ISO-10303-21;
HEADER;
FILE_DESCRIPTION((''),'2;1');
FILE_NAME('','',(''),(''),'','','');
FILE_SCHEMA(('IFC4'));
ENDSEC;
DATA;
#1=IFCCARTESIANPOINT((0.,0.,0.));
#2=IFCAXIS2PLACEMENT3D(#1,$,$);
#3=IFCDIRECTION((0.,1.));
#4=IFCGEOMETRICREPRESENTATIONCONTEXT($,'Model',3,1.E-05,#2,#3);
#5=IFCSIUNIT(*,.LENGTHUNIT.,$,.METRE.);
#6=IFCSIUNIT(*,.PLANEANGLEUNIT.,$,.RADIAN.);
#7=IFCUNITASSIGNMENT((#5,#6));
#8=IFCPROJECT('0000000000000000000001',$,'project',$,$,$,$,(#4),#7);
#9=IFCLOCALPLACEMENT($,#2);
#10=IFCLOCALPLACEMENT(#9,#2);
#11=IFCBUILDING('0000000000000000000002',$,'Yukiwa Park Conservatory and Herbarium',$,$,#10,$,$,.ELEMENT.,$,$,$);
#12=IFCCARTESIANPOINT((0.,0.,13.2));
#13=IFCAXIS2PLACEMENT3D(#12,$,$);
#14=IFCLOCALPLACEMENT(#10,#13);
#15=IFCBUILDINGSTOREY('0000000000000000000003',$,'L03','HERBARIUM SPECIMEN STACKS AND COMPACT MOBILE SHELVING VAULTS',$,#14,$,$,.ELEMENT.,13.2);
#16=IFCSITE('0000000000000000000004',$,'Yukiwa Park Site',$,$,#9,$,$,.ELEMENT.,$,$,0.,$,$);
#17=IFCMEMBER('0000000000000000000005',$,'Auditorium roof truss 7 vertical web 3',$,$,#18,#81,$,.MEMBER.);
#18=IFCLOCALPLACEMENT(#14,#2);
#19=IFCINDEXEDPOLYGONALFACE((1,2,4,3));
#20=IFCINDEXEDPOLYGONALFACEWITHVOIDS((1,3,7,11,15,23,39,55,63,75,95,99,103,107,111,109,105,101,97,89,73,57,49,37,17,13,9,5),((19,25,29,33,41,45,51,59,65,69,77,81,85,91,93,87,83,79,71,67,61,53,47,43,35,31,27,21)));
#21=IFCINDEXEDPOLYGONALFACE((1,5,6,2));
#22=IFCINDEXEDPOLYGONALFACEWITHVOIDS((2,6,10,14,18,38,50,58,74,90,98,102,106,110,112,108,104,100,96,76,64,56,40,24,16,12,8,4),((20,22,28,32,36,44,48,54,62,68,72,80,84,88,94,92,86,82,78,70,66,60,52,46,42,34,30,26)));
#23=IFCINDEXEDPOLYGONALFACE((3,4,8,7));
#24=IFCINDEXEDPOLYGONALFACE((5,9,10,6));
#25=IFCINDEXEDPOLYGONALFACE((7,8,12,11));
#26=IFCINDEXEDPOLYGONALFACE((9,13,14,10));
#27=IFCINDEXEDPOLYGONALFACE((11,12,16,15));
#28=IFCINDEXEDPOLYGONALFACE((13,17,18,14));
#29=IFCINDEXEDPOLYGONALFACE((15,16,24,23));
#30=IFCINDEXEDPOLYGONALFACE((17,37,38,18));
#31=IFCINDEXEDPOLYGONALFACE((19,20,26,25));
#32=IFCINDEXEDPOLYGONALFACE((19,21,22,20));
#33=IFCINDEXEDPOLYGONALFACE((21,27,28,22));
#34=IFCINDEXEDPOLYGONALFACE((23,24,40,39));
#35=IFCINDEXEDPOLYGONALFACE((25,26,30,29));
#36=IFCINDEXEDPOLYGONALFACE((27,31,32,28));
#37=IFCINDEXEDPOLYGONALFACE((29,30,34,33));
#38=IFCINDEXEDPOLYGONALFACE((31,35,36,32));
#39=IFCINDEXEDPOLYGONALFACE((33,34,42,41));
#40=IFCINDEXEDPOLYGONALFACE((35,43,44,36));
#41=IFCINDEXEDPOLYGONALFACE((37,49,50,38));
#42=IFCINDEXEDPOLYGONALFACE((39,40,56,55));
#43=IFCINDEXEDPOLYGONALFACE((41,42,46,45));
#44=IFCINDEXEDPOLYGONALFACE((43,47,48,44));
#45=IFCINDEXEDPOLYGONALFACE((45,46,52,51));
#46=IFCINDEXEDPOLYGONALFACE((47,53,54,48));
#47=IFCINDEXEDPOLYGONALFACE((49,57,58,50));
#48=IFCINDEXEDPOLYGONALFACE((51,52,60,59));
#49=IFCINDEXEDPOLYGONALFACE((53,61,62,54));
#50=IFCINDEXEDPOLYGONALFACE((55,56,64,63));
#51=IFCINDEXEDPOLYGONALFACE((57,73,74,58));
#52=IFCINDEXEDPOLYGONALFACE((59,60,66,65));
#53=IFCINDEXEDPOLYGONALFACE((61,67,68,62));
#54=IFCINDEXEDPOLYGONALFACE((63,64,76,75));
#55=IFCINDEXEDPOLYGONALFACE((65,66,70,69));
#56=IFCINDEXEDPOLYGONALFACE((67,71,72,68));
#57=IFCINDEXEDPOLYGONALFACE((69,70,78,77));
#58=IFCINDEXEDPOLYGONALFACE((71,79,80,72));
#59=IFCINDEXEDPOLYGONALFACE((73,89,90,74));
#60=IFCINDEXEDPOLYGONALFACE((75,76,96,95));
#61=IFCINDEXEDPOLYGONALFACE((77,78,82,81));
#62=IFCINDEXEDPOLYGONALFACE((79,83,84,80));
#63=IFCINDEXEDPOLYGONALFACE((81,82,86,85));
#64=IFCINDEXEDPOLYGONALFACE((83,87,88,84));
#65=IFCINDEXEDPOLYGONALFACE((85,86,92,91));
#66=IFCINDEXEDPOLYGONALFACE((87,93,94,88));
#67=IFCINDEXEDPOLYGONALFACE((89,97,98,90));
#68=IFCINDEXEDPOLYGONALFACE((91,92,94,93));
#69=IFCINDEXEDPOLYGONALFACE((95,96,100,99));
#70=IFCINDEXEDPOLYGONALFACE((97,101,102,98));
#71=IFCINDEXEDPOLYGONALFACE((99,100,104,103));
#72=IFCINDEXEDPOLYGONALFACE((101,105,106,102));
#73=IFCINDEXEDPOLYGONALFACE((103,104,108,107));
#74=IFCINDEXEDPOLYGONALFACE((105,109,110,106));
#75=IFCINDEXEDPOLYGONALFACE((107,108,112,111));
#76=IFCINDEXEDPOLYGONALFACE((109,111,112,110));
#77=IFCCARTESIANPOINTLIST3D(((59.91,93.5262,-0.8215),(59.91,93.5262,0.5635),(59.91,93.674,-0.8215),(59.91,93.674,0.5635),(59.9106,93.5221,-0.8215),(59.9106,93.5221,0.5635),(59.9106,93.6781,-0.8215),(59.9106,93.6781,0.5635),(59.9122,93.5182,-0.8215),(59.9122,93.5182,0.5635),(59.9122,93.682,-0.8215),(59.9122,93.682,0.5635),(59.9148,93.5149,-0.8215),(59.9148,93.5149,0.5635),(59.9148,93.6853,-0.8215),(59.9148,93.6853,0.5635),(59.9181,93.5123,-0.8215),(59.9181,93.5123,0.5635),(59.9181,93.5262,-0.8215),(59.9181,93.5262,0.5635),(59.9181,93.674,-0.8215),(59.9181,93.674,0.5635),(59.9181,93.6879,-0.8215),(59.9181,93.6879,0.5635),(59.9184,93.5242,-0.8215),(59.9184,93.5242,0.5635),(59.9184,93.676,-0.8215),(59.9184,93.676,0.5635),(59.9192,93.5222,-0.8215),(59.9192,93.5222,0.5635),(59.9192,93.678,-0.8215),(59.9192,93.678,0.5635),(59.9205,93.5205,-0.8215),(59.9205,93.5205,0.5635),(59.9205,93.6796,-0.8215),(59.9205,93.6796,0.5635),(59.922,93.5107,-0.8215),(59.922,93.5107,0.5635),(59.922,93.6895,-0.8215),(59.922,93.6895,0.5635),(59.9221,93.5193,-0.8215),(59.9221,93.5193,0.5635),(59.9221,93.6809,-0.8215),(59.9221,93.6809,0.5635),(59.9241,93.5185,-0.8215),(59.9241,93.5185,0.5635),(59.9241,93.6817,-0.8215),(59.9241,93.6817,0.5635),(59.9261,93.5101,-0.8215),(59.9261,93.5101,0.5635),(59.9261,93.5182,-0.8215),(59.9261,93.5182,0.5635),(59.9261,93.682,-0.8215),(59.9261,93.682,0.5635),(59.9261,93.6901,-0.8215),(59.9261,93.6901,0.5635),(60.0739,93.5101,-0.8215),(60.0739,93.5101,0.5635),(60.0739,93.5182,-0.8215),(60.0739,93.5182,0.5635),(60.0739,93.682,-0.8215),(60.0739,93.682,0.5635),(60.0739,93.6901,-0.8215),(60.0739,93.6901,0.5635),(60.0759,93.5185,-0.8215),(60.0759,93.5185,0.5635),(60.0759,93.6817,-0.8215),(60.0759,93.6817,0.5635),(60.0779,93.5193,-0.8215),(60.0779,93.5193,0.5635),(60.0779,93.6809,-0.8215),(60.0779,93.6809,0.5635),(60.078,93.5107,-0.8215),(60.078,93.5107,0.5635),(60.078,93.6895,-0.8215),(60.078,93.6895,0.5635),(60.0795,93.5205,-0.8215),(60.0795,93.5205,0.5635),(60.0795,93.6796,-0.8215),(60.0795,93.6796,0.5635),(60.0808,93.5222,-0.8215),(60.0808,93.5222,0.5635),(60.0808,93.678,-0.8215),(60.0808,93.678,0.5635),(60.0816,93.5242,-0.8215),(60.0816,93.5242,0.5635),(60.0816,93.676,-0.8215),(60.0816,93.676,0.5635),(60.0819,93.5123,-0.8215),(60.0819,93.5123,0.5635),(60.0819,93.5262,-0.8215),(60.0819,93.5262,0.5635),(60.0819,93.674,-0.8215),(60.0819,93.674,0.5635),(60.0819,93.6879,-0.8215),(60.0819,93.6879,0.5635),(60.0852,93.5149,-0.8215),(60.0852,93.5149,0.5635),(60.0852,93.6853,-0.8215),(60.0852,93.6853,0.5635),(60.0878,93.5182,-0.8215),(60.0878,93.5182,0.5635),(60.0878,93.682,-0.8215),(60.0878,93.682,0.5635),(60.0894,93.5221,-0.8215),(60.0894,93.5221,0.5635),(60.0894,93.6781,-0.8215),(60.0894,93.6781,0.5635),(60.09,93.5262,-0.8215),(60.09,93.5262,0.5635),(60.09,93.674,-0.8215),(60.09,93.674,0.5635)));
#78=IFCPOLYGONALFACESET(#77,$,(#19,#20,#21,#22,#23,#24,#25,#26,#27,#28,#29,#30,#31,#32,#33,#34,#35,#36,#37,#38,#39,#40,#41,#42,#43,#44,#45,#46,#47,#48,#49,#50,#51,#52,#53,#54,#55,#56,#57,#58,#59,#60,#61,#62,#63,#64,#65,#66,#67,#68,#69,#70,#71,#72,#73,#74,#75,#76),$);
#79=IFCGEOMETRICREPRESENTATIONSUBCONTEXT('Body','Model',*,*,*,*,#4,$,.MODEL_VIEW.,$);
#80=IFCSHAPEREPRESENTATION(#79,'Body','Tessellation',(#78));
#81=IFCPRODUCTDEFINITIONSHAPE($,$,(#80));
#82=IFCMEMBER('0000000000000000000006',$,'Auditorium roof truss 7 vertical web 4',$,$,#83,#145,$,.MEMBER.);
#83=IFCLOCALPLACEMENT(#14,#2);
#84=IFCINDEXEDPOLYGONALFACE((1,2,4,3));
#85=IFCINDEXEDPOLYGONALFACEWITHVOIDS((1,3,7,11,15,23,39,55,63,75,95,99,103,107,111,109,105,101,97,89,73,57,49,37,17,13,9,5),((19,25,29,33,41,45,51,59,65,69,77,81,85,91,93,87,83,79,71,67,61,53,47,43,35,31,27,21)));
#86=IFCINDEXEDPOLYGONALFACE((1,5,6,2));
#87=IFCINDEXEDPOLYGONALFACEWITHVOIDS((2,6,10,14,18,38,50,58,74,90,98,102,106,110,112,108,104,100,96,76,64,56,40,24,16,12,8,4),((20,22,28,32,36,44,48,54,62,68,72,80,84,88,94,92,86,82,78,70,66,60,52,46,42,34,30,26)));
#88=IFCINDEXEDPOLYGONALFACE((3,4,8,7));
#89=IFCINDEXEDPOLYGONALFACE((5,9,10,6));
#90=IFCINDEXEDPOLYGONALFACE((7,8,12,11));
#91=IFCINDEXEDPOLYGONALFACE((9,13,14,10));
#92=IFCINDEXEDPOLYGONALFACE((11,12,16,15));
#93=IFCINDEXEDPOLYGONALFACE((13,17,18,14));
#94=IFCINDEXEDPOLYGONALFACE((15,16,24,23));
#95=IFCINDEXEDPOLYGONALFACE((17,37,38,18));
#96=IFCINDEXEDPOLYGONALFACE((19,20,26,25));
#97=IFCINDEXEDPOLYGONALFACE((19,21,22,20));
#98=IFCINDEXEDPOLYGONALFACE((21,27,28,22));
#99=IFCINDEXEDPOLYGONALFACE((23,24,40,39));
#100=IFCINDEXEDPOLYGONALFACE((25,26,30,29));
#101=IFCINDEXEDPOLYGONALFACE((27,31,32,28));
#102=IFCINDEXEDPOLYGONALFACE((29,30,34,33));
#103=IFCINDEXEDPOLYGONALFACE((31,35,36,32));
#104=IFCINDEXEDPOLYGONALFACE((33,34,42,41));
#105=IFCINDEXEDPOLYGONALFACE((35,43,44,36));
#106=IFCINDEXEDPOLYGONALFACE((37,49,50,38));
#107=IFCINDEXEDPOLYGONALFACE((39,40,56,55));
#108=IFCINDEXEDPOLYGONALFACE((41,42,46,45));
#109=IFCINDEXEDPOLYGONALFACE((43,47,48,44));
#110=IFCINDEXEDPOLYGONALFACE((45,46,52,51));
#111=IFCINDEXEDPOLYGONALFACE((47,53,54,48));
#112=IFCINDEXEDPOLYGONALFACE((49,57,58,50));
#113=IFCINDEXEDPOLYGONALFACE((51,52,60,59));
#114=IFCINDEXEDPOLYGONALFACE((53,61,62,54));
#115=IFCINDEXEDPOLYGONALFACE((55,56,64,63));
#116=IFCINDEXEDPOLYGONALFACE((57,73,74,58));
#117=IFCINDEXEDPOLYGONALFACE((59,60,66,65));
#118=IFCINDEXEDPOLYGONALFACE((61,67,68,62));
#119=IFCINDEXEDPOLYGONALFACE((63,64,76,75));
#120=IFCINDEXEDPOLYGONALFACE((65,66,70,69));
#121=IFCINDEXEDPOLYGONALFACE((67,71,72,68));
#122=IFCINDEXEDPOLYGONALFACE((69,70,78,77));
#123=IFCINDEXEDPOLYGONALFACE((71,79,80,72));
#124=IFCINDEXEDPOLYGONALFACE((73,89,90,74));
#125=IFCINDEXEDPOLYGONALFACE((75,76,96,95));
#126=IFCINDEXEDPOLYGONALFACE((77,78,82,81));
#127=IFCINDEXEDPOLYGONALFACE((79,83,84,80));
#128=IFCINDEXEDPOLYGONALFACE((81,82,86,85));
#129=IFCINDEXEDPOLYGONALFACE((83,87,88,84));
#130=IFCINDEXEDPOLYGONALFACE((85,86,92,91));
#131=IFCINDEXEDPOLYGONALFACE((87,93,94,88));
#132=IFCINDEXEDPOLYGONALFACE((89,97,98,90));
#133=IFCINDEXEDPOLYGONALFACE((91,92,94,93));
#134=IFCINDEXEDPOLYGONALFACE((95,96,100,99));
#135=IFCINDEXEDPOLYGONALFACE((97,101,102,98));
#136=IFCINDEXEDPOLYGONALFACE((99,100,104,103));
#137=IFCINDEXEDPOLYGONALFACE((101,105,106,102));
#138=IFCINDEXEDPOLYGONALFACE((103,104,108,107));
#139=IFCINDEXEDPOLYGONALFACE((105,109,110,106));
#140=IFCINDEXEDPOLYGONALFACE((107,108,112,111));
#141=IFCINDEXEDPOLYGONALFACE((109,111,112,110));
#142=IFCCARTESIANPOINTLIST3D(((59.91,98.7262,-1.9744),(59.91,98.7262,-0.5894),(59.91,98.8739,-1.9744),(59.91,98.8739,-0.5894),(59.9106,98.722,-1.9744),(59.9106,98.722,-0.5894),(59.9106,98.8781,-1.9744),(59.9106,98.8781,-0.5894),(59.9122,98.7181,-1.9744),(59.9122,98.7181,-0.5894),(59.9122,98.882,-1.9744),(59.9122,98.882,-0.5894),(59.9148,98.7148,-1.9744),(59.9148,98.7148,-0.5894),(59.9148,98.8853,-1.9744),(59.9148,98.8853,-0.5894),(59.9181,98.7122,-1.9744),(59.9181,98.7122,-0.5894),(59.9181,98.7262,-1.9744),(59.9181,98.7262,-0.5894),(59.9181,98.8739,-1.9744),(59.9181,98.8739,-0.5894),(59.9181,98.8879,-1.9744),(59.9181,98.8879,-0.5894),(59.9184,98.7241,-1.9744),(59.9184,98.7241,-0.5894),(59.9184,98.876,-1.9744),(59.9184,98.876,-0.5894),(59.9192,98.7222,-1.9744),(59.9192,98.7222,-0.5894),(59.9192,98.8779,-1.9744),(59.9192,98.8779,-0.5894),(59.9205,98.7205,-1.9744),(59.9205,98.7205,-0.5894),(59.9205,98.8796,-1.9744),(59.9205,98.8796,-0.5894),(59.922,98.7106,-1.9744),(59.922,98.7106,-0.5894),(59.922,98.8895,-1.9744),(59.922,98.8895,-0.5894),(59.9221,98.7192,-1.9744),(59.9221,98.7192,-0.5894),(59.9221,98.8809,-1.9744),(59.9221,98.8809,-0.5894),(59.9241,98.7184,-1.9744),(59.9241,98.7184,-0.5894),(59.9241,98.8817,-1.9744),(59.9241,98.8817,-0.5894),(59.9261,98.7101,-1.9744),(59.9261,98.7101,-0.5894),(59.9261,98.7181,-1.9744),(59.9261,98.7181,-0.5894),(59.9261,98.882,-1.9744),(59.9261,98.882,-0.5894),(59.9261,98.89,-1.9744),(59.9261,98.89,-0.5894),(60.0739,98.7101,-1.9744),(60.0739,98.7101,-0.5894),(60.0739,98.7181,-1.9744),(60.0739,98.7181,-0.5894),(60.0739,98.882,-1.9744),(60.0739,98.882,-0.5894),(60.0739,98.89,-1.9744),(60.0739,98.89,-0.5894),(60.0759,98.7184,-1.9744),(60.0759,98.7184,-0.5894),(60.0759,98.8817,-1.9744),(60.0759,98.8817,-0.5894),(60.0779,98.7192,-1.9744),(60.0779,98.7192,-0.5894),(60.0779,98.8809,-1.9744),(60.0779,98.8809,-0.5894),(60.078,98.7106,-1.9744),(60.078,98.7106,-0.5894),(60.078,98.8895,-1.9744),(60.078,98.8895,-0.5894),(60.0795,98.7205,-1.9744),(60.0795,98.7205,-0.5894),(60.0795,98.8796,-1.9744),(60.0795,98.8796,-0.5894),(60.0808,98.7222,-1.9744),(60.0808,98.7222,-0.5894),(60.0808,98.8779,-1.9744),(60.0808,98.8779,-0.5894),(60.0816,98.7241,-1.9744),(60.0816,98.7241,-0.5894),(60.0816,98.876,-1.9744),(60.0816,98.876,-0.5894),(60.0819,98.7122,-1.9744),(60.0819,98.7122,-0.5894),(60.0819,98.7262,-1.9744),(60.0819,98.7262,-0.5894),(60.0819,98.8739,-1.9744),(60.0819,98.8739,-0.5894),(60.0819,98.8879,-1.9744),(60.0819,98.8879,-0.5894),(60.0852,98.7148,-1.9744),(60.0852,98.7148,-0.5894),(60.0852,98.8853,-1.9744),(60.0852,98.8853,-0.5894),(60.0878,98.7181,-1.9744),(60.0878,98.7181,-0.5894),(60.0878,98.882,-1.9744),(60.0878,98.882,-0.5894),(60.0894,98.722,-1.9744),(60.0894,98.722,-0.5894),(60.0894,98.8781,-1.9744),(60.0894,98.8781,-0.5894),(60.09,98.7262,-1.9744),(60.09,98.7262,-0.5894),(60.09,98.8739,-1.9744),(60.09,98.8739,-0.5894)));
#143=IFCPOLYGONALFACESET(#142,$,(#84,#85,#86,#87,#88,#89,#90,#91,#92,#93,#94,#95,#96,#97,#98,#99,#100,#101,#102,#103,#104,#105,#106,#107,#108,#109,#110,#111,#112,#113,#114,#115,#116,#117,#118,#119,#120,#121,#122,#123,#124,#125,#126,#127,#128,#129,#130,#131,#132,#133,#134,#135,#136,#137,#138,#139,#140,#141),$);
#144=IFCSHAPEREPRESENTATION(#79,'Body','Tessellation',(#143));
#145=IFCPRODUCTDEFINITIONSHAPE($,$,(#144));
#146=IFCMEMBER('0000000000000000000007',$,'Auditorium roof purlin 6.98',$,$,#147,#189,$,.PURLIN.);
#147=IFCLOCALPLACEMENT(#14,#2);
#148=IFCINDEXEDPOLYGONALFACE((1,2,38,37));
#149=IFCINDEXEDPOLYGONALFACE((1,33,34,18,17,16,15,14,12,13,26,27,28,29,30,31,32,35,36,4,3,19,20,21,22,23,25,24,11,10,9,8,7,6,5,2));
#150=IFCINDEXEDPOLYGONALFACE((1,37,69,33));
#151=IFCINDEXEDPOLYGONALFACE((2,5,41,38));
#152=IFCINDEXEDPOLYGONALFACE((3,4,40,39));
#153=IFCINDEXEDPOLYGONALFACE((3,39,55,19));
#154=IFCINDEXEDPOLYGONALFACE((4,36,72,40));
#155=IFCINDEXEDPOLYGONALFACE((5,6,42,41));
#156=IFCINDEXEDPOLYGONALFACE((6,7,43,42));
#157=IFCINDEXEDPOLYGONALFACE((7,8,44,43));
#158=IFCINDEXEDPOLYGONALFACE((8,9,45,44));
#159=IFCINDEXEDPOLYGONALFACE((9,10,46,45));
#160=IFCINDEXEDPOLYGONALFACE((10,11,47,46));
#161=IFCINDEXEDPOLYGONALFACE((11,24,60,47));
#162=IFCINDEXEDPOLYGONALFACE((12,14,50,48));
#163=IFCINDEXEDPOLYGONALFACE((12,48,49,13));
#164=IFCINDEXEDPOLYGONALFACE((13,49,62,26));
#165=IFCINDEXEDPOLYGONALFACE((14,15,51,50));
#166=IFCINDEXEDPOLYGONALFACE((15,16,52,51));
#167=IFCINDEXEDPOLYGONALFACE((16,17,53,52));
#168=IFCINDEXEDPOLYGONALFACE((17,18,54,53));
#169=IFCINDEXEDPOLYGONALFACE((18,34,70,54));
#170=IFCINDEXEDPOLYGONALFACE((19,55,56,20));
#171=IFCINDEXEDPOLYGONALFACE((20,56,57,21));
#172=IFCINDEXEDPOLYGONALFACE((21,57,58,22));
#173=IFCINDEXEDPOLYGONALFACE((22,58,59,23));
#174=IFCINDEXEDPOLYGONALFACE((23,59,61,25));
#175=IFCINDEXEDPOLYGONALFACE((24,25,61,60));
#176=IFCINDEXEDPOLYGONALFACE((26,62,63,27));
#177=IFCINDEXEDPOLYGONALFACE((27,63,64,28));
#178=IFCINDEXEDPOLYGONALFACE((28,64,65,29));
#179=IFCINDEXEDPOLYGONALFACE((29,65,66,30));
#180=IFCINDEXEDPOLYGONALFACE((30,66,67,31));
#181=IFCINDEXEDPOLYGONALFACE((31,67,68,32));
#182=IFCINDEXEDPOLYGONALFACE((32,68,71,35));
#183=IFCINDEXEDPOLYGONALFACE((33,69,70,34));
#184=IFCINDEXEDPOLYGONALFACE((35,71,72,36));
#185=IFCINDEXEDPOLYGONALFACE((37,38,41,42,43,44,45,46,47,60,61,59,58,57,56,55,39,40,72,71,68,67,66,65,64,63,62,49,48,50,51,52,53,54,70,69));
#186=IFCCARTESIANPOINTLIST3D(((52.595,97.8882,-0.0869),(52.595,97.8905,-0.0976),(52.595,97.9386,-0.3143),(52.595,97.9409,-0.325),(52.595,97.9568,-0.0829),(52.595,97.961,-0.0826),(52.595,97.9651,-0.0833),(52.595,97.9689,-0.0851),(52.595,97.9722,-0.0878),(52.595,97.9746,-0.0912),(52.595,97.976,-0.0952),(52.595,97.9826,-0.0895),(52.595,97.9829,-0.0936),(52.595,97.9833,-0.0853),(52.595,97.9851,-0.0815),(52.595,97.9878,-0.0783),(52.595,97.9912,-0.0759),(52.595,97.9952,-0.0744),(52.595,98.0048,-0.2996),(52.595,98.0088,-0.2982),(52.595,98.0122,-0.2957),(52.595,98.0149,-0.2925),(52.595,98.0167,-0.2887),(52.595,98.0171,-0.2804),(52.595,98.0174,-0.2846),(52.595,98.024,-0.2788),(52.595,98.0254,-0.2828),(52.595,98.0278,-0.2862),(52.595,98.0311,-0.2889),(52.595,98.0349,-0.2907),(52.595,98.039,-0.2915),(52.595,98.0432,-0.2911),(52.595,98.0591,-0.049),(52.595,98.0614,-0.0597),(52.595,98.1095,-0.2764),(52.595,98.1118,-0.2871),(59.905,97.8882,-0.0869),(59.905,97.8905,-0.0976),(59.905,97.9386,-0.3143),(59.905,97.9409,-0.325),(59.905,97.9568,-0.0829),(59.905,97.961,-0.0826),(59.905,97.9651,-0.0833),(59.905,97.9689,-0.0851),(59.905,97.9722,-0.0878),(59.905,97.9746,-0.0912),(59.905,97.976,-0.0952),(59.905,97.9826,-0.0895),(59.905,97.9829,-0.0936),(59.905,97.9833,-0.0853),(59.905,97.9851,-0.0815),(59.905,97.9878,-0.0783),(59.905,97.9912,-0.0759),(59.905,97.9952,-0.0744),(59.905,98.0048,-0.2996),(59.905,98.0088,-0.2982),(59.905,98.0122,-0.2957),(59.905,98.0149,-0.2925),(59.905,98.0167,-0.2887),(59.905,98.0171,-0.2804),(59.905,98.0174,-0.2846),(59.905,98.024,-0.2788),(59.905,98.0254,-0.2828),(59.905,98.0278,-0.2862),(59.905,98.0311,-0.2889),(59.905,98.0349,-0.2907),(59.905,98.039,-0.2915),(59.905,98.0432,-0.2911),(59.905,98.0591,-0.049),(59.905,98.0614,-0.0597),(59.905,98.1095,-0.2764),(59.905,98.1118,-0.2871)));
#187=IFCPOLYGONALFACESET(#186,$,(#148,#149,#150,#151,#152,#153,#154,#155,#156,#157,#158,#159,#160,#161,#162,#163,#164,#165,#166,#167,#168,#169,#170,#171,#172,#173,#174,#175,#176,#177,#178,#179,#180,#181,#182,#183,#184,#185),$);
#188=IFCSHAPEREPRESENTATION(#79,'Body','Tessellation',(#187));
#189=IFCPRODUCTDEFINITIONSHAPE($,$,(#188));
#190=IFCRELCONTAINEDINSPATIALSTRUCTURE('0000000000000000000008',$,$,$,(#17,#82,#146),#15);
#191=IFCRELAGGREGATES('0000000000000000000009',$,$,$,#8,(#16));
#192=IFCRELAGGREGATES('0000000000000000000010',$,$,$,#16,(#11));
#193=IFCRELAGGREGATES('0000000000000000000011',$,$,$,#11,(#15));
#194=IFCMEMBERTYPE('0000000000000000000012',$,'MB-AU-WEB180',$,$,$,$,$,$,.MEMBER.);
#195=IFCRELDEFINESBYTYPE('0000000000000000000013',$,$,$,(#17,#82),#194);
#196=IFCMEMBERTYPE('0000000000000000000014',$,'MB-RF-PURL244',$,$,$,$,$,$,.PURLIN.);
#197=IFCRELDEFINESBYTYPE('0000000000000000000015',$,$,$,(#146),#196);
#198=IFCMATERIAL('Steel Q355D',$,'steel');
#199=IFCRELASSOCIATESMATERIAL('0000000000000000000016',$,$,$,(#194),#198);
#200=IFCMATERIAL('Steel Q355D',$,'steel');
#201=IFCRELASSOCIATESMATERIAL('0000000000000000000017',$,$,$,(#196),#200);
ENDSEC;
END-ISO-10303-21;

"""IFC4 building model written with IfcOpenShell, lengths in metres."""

from ifc_helpers import new_model, si_unit, direction, frame, origin, origin_2d, place, context, subcontext, project, spatial, hollow_rectangle, i_section, extrude, material, material_profile, profile_set, type_object, element, save


model = new_model("IFC4")

# Units and contexts
model_context = context("Model", 3, precision=1e-05, world=origin(), true_north=direction((0.0, 1.0)))
body_context = subcontext(model_context, "Body", "Model", "MODEL_VIEW")
ifc_project = project(units=[si_unit("LENGTHUNIT", "METRE"), si_unit("PLANEANGLEUNIT", "RADIAN")], contexts=[model_context])

# Site, building, storey
site_placement = place(None, origin())
site = spatial("IfcSite", under=ifc_project, at=site_placement, Name="Yukiwa Park Site", CompositionType="ELEMENT", RefElevation=0.0)
building_placement = place(site_placement, origin())
building = spatial("IfcBuilding", under=site, at=building_placement, Name="Yukiwa Park Conservatory and Herbarium", CompositionType="ELEMENT")
storey_placement = place(building_placement, frame((0.0, 0.0, 13.2)))
storey = spatial("IfcBuildingStorey", under=building, at=storey_placement, Name="L03", Description="HERBARIUM SPECIMEN STACKS AND COMPACT MOBILE SHELVING VAULTS", CompositionType="ELEMENT", Elevation=13.2)

# Members
ifc_material_1 = material(Name="Steel Q355D", Category="steel")
ifc_material_profile_1 = material_profile(ifc_material_1, hollow_rectangle(XDim=0.1799, YDim=0.1799, WallThickness=0.0081, InnerFilletRadius=0.0081, OuterFilletRadius=0.0161, at=origin_2d()), Name="SHS 180x180x8")
ifc_profile_set_1 = profile_set([ifc_material_profile_1], Name="Steel Q355D")
member_type_1 = type_object("IfcMemberType", Name="MB-AU-WEB180", PredefinedType="MEMBER", material=ifc_profile_set_1)
for number, where, z_axis, x_axis, name in (
    (1, (60.0, 93.6001, -0.8215), (0.0, 0.0, 1.0), (1.0, 0.0, 0.0), "Auditorium roof truss 7 vertical web 3"),
    (2, (60.0, 98.8, -1.9744), (0.0, 0.0, 1.0), (1.0, 0.0, 0.0), "Auditorium roof truss 7 vertical web 4"),
):
    element("IfcMember", number, at=place(storey_placement, frame(where, z_axis=z_axis, x_axis=x_axis)), inside=storey, type_object=member_type_1, Name=name, PredefinedType="MEMBER", context=body_context, shape_type="SweptSolid", body=[
        extrude(hollow_rectangle(XDim=0.1799, YDim=0.1799, WallThickness=0.0081, InnerFilletRadius=0.0081, OuterFilletRadius=0.0161, at=origin_2d()), origin(), (0.0, 0.0, 1.0), 1.385),
    ])
ifc_material_2 = material(Name="Steel Q355D", Category="steel")
ifc_material_profile_2 = material_profile(ifc_material_2, i_section(OverallWidth=0.175, OverallDepth=0.2439, WebThickness=0.0071, FlangeThickness=0.011, FilletRadius=0.0161, at=origin_2d()), Name="HM 244x175x7x11")
ifc_profile_set_2 = profile_set([ifc_material_profile_2], Name="Steel Q355D")
member_type_2 = type_object("IfcMemberType", Name="MB-RF-PURL244", PredefinedType="PURLIN", material=ifc_profile_set_2)
member_1_placement = place(storey_placement, frame((52.595, 98.0, -0.187), z_axis=(1.0, 0.0, 0.0), x_axis=(0.0, 0.976296, 0.21644)))
element("IfcMember", 3, at=member_1_placement, inside=storey, type_object=member_type_2, Name="Auditorium roof purlin 6.98", PredefinedType="PURLIN", context=body_context, shape_type="SweptSolid", body=[
    extrude(i_section(OverallWidth=0.175, OverallDepth=0.2439, WebThickness=0.0071, FlangeThickness=0.011, FilletRadius=0.0161, at=origin_2d()), origin(), (0.0, 0.0, 1.0), 7.3101),
])

save(model, "model.ifc")
